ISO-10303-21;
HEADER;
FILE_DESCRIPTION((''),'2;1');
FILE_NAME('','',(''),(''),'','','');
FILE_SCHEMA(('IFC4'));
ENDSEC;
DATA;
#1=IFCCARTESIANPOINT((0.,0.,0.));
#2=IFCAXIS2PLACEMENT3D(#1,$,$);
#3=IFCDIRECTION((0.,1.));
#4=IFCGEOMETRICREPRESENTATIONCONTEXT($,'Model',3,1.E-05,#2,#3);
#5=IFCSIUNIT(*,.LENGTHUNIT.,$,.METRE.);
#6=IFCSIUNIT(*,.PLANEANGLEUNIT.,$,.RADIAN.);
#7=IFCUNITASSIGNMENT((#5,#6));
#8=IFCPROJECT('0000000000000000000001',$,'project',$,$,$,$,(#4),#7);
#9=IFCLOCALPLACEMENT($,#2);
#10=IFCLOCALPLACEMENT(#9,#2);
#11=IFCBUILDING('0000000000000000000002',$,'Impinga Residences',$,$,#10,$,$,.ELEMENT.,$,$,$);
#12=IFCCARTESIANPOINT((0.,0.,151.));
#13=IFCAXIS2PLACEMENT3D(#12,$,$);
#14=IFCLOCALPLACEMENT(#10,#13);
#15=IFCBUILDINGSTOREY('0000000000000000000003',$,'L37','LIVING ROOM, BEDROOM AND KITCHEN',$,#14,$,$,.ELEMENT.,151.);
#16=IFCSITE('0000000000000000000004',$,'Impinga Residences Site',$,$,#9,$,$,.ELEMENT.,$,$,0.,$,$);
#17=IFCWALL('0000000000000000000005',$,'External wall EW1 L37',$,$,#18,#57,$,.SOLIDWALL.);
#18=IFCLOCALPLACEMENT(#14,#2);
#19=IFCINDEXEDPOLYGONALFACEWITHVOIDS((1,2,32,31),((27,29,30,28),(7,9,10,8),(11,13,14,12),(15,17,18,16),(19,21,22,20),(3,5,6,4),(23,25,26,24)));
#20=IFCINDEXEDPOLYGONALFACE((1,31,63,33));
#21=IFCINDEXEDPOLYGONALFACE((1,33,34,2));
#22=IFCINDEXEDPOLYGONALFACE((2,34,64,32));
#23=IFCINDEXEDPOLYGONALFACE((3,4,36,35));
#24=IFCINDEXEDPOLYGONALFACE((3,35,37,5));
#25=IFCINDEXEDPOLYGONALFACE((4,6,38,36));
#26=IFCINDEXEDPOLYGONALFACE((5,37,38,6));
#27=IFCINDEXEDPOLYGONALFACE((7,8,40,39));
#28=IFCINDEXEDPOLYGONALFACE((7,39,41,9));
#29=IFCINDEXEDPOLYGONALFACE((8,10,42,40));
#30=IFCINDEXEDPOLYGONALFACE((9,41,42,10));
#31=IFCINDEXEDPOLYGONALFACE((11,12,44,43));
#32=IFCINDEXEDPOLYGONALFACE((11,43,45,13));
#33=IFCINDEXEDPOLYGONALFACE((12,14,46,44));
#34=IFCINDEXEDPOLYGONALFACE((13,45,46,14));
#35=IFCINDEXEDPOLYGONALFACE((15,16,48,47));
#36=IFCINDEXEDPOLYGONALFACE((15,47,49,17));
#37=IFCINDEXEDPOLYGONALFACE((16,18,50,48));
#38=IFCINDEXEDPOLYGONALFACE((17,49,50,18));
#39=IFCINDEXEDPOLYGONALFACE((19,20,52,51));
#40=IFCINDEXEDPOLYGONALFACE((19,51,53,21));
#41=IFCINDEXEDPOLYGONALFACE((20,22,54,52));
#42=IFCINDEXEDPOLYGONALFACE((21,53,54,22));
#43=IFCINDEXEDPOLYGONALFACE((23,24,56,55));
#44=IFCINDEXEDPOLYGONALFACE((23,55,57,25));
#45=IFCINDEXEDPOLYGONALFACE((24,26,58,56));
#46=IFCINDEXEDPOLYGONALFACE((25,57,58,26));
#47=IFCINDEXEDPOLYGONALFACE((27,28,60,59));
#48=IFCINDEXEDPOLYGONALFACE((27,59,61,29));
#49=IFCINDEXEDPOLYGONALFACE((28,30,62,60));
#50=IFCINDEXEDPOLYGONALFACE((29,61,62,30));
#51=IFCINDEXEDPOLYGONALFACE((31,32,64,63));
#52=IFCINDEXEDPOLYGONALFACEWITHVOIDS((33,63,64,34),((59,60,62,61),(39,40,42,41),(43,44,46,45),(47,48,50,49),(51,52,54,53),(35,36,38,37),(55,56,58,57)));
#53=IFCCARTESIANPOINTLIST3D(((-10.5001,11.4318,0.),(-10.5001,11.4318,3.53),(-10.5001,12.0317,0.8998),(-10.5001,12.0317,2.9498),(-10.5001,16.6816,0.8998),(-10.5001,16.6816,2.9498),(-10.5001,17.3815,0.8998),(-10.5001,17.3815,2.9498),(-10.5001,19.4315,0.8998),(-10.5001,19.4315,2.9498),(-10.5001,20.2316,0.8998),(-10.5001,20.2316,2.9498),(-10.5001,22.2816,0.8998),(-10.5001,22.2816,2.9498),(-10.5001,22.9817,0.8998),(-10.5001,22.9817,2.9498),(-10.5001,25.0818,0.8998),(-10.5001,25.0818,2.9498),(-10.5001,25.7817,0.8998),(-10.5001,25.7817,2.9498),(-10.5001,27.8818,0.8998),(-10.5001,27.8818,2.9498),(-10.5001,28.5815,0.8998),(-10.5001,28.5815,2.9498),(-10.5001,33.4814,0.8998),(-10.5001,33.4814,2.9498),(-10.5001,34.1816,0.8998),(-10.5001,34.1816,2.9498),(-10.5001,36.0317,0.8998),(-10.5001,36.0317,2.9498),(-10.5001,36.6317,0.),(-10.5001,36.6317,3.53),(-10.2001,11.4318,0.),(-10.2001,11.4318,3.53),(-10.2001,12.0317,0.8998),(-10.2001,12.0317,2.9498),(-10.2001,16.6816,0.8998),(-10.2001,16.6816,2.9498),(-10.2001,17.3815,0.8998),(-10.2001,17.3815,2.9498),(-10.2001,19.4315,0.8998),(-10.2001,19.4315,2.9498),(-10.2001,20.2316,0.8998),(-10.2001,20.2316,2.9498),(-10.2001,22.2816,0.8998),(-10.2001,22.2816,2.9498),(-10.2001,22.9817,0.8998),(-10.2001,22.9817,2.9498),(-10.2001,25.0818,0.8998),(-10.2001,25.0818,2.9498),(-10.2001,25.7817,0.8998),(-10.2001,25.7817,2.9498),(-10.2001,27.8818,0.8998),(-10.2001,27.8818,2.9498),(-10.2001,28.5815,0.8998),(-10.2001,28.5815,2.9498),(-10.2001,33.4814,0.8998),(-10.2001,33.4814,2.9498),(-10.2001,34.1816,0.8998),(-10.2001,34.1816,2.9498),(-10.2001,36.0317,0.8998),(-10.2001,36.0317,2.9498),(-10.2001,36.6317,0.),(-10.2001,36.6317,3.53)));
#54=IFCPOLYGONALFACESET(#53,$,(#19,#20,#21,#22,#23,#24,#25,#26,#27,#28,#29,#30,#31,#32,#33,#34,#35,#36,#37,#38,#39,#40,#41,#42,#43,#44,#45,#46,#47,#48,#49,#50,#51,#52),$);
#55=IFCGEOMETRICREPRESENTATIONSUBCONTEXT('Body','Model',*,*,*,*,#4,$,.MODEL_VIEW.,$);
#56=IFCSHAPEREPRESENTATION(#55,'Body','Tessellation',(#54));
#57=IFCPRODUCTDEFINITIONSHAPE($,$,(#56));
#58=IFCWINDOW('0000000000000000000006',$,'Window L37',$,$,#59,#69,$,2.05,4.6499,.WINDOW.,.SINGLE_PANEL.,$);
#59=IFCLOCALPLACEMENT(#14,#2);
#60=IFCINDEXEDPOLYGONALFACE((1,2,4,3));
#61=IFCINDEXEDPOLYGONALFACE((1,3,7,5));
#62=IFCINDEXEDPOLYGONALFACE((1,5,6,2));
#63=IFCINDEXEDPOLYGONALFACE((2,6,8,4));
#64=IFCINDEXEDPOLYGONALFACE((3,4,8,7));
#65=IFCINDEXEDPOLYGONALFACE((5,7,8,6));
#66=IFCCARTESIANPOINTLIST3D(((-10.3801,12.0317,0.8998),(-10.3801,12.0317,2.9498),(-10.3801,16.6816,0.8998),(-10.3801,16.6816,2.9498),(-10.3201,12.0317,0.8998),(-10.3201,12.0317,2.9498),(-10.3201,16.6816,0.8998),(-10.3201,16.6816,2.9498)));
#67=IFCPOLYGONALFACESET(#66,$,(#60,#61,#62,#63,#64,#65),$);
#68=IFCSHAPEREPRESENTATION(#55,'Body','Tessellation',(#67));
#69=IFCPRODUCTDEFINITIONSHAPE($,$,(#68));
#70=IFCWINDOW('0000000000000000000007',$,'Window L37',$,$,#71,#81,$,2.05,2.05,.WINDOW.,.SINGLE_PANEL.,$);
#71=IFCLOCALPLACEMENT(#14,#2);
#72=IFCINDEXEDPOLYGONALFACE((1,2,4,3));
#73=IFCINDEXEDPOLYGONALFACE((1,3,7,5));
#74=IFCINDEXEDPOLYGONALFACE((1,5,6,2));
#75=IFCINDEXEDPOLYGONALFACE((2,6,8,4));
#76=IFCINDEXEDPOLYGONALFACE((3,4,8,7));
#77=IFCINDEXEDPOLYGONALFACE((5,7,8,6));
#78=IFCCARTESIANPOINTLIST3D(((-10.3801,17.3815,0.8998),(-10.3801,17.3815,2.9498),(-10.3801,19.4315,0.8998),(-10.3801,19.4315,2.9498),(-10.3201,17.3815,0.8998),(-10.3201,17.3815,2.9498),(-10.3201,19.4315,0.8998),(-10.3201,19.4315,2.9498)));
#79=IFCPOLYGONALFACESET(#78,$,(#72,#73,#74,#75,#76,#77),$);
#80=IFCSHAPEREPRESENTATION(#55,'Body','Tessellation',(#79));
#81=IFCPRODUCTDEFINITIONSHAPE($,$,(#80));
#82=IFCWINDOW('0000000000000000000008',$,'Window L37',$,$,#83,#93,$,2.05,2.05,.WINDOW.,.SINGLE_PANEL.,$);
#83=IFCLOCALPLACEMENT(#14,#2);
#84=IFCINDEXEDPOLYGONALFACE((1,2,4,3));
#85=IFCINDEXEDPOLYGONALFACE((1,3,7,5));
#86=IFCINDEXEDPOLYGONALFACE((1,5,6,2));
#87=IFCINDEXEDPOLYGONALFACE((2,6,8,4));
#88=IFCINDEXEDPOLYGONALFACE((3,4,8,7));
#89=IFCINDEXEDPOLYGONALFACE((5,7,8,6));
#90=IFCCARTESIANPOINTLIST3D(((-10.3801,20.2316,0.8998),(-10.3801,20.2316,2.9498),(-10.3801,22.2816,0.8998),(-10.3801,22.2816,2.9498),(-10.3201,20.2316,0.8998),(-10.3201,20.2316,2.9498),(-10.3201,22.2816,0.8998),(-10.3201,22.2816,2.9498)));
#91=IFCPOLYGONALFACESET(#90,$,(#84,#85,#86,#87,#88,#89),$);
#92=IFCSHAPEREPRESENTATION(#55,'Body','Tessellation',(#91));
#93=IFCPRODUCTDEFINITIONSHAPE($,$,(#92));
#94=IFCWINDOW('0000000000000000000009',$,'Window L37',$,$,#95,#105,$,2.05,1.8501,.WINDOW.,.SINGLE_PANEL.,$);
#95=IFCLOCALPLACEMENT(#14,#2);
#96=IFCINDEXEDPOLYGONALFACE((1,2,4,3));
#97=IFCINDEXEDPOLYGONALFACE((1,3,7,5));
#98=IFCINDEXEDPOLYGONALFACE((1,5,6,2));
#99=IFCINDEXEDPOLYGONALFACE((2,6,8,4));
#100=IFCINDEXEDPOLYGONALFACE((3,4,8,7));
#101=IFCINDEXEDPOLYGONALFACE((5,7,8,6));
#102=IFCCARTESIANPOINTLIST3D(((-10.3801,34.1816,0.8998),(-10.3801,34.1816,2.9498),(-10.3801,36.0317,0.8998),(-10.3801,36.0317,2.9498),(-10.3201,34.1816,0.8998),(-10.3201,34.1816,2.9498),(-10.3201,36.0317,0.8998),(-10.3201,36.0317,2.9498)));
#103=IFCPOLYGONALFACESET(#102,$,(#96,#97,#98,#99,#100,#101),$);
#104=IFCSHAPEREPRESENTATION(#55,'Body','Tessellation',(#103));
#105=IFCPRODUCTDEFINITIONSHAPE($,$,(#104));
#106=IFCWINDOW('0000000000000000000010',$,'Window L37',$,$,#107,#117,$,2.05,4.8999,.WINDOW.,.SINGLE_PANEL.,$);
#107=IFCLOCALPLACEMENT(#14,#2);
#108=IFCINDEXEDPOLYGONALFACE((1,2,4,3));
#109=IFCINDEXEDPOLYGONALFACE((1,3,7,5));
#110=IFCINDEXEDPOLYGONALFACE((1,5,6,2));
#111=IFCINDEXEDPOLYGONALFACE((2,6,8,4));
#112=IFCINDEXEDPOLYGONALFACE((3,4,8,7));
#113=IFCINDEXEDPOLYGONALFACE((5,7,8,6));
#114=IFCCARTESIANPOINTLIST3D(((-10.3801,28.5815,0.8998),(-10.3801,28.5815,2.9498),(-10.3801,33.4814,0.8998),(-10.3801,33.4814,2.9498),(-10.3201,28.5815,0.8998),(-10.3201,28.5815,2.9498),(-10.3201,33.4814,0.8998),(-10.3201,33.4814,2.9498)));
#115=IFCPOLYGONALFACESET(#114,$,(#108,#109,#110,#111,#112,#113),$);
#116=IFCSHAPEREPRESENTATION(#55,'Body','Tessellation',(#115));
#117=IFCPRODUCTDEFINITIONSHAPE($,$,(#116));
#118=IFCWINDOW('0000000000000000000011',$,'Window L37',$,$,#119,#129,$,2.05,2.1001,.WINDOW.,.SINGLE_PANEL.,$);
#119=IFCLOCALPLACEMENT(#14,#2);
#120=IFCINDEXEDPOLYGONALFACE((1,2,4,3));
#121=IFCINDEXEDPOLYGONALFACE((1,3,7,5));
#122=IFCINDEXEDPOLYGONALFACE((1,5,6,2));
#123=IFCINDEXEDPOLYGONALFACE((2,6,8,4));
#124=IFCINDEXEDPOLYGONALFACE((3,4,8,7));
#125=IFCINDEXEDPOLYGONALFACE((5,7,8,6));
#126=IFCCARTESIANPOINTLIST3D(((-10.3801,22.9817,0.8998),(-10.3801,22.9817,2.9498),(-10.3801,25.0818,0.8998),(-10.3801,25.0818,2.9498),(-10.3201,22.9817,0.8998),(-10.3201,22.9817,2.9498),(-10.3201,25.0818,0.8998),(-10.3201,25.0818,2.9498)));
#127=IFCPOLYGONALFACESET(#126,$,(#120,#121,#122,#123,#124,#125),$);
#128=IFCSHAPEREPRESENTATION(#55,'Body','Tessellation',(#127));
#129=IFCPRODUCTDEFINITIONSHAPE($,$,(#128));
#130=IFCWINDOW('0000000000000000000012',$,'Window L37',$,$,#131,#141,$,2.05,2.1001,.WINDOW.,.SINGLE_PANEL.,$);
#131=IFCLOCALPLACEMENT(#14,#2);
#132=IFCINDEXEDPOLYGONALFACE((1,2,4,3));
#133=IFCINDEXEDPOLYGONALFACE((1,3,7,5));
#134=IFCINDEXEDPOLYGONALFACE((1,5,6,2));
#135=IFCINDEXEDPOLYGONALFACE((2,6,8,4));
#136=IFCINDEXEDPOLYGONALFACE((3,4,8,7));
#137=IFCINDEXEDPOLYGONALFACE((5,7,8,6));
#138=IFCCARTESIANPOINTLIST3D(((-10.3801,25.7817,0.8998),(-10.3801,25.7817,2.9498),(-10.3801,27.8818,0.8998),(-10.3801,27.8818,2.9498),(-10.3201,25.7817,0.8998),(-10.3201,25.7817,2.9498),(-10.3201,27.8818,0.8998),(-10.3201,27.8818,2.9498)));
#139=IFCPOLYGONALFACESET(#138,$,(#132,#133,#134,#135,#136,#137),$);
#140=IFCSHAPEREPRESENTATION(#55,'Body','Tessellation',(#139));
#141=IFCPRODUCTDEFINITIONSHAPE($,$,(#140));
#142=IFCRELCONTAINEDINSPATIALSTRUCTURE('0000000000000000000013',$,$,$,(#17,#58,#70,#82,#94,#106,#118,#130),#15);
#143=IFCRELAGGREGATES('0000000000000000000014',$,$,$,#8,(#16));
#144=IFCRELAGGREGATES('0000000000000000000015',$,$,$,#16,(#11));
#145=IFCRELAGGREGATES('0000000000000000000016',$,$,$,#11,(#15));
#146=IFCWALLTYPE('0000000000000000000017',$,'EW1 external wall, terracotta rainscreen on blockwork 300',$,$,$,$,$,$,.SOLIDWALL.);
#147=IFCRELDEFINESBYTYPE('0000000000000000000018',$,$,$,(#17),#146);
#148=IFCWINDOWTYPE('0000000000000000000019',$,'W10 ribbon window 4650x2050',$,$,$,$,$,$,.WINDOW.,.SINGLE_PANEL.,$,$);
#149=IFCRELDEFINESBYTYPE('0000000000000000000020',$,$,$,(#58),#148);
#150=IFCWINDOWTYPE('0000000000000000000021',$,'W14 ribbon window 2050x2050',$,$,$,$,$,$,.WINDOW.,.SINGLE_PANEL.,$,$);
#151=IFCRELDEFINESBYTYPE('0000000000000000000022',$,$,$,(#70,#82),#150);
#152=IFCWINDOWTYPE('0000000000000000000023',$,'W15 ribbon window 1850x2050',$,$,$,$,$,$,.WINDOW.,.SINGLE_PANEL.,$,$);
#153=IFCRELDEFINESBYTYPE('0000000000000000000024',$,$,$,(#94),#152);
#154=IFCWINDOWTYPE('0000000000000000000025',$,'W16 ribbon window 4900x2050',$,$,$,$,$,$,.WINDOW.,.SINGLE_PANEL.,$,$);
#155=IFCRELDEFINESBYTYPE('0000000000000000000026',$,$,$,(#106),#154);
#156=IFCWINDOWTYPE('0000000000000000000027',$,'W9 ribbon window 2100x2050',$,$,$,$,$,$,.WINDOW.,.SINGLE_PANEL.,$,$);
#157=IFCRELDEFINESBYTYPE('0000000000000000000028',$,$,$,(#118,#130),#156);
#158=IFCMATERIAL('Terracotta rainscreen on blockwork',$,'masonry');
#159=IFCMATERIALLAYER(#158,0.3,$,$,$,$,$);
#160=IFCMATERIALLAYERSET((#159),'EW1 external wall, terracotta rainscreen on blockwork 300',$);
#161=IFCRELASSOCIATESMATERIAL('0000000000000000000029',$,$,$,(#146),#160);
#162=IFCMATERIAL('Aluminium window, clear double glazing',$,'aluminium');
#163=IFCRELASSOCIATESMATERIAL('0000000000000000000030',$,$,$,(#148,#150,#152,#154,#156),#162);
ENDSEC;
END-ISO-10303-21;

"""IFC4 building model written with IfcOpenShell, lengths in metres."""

from ifc_helpers import new_model, si_unit, direction, frame, frame_2d, origin, place, context, subcontext, project, spatial, rectangle, extrude, material, layer, layer_set, type_object, element, fill, save


model = new_model("IFC4")

# Units and contexts
model_context = context("Model", 3, precision=1e-05, world=origin(), true_north=direction((0.0, 1.0)))
body_context = subcontext(model_context, "Body", "Model", "MODEL_VIEW")
ifc_project = project(units=[si_unit("LENGTHUNIT", "METRE"), si_unit("PLANEANGLEUNIT", "RADIAN")], contexts=[model_context])

# Site, building, storey
site_placement = place(None, origin())
site = spatial("IfcSite", under=ifc_project, at=site_placement, Name="Impinga Residences Site", CompositionType="ELEMENT", RefElevation=0.0)
building_placement = place(site_placement, origin())
building = spatial("IfcBuilding", under=site, at=building_placement, Name="Impinga Residences", CompositionType="ELEMENT")
storey_placement = place(building_placement, frame((0.0, 0.0, 151.0)))
storey = spatial("IfcBuildingStorey", under=building, at=storey_placement, Name="L37", Description="LIVING ROOM, BEDROOM AND KITCHEN", CompositionType="ELEMENT", Elevation=151.0)

# Shared definitions
ifc_material_1 = material(Name="Terracotta rainscreen on blockwork", Category="masonry")
ifc_layer_1 = layer(ifc_material_1, 0.3)
ifc_layer_set_1 = layer_set([ifc_layer_1], Name="EW1 external wall, terracotta rainscreen on blockwork 300")
wall_type_1 = type_object("IfcWallType", Name="EW1 external wall, terracotta rainscreen on blockwork 300", PredefinedType="SOLIDWALL", material=ifc_layer_set_1)

# Wall, openings, windows
wall_1_placement = place(storey_placement, frame((-10.3501, 11.4316, 0.0), z_axis=(0.0, 0.0, 1.0), x_axis=(0.0, 1.0, 0.0)))
wall_1 = element("IfcWall", 1, at=wall_1_placement, inside=storey, type_object=wall_type_1, Name="External wall EW1 L37", PredefinedType="SOLIDWALL", context=body_context, shape_type="SweptSolid", body=[
    extrude(rectangle(XDim=25.2, YDim=0.3, at=frame_2d((12.6001, 0.0))), origin(), (0.0, 0.0, 1.0), 3.53),
])
opening_1_placement = place(wall_1_placement, frame((0.6001, 0.0, 0.8999)))
opening_1 = element("IfcOpeningElement", 2, at=opening_1_placement, cuts=wall_1, PredefinedType="OPENING", context=body_context, shape_type="SweptSolid", body=[
    extrude(rectangle(XDim=4.6499, YDim=2.05, at=frame_2d((2.325, 1.0249))), frame((0.0, 0.1599, 0.0), z_axis=(0.0, -1.0, 0.0), x_axis=(1.0, 0.0, 0.0)), (0.0, 0.0, 1.0), 0.3201),
])
opening_2_placement = place(wall_1_placement, frame((5.95, 0.0, 0.8999)))
opening_2 = element("IfcOpeningElement", 3, at=opening_2_placement, cuts=wall_1, PredefinedType="OPENING", context=body_context, shape_type="SweptSolid", body=[
    extrude(rectangle(XDim=2.05, YDim=2.05, at=frame_2d((1.0249, 1.0249))), frame((0.0, 0.1599, 0.0), z_axis=(0.0, -1.0, 0.0), x_axis=(1.0, 0.0, 0.0)), (0.0, 0.0, 1.0), 0.3201),
])
opening_3_placement = place(wall_1_placement, frame((8.8, 0.0, 0.8999)))
opening_3 = element("IfcOpeningElement", 4, at=opening_3_placement, cuts=wall_1, PredefinedType="OPENING", context=body_context, shape_type="SweptSolid", body=[
    extrude(rectangle(XDim=2.05, YDim=2.05, at=frame_2d((1.0249, 1.0249))), frame((0.0, 0.1599, 0.0), z_axis=(0.0, -1.0, 0.0), x_axis=(1.0, 0.0, 0.0)), (0.0, 0.0, 1.0), 0.3201),
])
opening_4_placement = place(wall_1_placement, frame((11.55, 0.0, 0.8999)))
opening_4 = element("IfcOpeningElement", 5, at=opening_4_placement, cuts=wall_1, PredefinedType="OPENING", context=body_context, shape_type="SweptSolid", body=[
    extrude(rectangle(XDim=2.1001, YDim=2.05, at=frame_2d((1.05, 1.0249))), frame((0.0, 0.1599, 0.0), z_axis=(0.0, -1.0, 0.0), x_axis=(1.0, 0.0, 0.0)), (0.0, 0.0, 1.0), 0.3201),
])
opening_5_placement = place(wall_1_placement, frame((14.3501, 0.0, 0.8999)))
opening_5 = element("IfcOpeningElement", 6, at=opening_5_placement, cuts=wall_1, PredefinedType="OPENING", context=body_context, shape_type="SweptSolid", body=[
    extrude(rectangle(XDim=2.1001, YDim=2.05, at=frame_2d((1.05, 1.0249))), frame((0.0, 0.1599, 0.0), z_axis=(0.0, -1.0, 0.0), x_axis=(1.0, 0.0, 0.0)), (0.0, 0.0, 1.0), 0.3201),
])
opening_6_placement = place(wall_1_placement, frame((17.1499, 0.0, 0.8999)))
opening_6 = element("IfcOpeningElement", 7, at=opening_6_placement, cuts=wall_1, PredefinedType="OPENING", context=body_context, shape_type="SweptSolid", body=[
    extrude(rectangle(XDim=4.8999, YDim=2.05, at=frame_2d((2.45, 1.0249))), frame((0.0, 0.1599, 0.0), z_axis=(0.0, -1.0, 0.0), x_axis=(1.0, 0.0, 0.0)), (0.0, 0.0, 1.0), 0.3201),
])
opening_7_placement = place(wall_1_placement, frame((22.75, 0.0, 0.8999)))
opening_7 = element("IfcOpeningElement", 8, at=opening_7_placement, cuts=wall_1, PredefinedType="OPENING", context=body_context, shape_type="SweptSolid", body=[
    extrude(rectangle(XDim=1.8501, YDim=2.05, at=frame_2d((0.925, 1.0249))), frame((0.0, 0.1599, 0.0), z_axis=(0.0, -1.0, 0.0), x_axis=(1.0, 0.0, 0.0)), (0.0, 0.0, 1.0), 0.3201),
])
ifc_material_2 = material(Name="Aluminium window, clear double glazing", Category="aluminium")
window_type_1 = type_object("IfcWindowType", Name="W10 ribbon window 4650x2050", PartitioningType="SINGLE_PANEL", PredefinedType="WINDOW", material=ifc_material_2)
window_1_placement = place(opening_1_placement, origin())
window_1 = element("IfcWindow", 9, at=window_1_placement, inside=storey, type_object=window_type_1, Name="Window L37", OverallHeight=2.05, OverallWidth=4.6499, PartitioningType="SINGLE_PANEL", PredefinedType="WINDOW", context=body_context, shape_type="SweptSolid", body=[
    extrude(rectangle(XDim=4.6499, YDim=2.05, at=frame_2d((2.325, 1.0249))), frame((0.0, 0.03, 0.0), z_axis=(0.0, -1.0, 0.0), x_axis=(1.0, 0.0, 0.0)), (0.0, 0.0, 1.0), 0.0601),
])
fill(opening_1, window_1)
window_type_2 = type_object("IfcWindowType", Name="W14 ribbon window 2050x2050", PartitioningType="SINGLE_PANEL", PredefinedType="WINDOW", material=ifc_material_2)
window_2_placement = place(opening_2_placement, origin())
window_2 = element("IfcWindow", 10, at=window_2_placement, inside=storey, type_object=window_type_2, Name="Window L37", OverallHeight=2.05, OverallWidth=2.05, PartitioningType="SINGLE_PANEL", PredefinedType="WINDOW", context=body_context, shape_type="SweptSolid", body=[
    extrude(rectangle(XDim=2.05, YDim=2.05, at=frame_2d((1.0249, 1.0249))), frame((0.0, 0.03, 0.0), z_axis=(0.0, -1.0, 0.0), x_axis=(1.0, 0.0, 0.0)), (0.0, 0.0, 1.0), 0.0601),
])
fill(opening_2, window_2)
window_3_placement = place(opening_3_placement, origin())
window_3 = element("IfcWindow", 11, at=window_3_placement, inside=storey, type_object=window_type_2, Name="Window L37", OverallHeight=2.05, OverallWidth=2.05, PartitioningType="SINGLE_PANEL", PredefinedType="WINDOW", context=body_context, shape_type="SweptSolid", body=[
    extrude(rectangle(XDim=2.05, YDim=2.05, at=frame_2d((1.0249, 1.0249))), frame((0.0, 0.03, 0.0), z_axis=(0.0, -1.0, 0.0), x_axis=(1.0, 0.0, 0.0)), (0.0, 0.0, 1.0), 0.0601),
])
fill(opening_3, window_3)
window_type_3 = type_object("IfcWindowType", Name="W15 ribbon window 1850x2050", PartitioningType="SINGLE_PANEL", PredefinedType="WINDOW", material=ifc_material_2)
window_4_placement = place(opening_7_placement, origin())
window_4 = element("IfcWindow", 12, at=window_4_placement, inside=storey, type_object=window_type_3, Name="Window L37", OverallHeight=2.05, OverallWidth=1.8501, PartitioningType="SINGLE_PANEL", PredefinedType="WINDOW", context=body_context, shape_type="SweptSolid", body=[
    extrude(rectangle(XDim=1.8501, YDim=2.05, at=frame_2d((0.925, 1.0249))), frame((0.0, 0.03, 0.0), z_axis=(0.0, -1.0, 0.0), x_axis=(1.0, 0.0, 0.0)), (0.0, 0.0, 1.0), 0.0601),
])
fill(opening_7, window_4)
window_type_4 = type_object("IfcWindowType", Name="W16 ribbon window 4900x2050", PartitioningType="SINGLE_PANEL", PredefinedType="WINDOW", material=ifc_material_2)
window_5_placement = place(opening_6_placement, origin())
window_5 = element("IfcWindow", 13, at=window_5_placement, inside=storey, type_object=window_type_4, Name="Window L37", OverallHeight=2.05, OverallWidth=4.8999, PartitioningType="SINGLE_PANEL", PredefinedType="WINDOW", context=body_context, shape_type="SweptSolid", body=[
    extrude(rectangle(XDim=4.8999, YDim=2.05, at=frame_2d((2.45, 1.0249))), frame((0.0, 0.03, 0.0), z_axis=(0.0, -1.0, 0.0), x_axis=(1.0, 0.0, 0.0)), (0.0, 0.0, 1.0), 0.0601),
])
fill(opening_6, window_5)
window_type_5 = type_object("IfcWindowType", Name="W9 ribbon window 2100x2050", PartitioningType="SINGLE_PANEL", PredefinedType="WINDOW", material=ifc_material_2)
window_6_placement = place(opening_4_placement, origin())
window_6 = element("IfcWindow", 14, at=window_6_placement, inside=storey, type_object=window_type_5, Name="Window L37", OverallHeight=2.05, OverallWidth=2.1001, PartitioningType="SINGLE_PANEL", PredefinedType="WINDOW", context=body_context, shape_type="SweptSolid", body=[
    extrude(rectangle(XDim=2.1001, YDim=2.05, at=frame_2d((1.05, 1.0249))), frame((0.0, 0.03, 0.0), z_axis=(0.0, -1.0, 0.0), x_axis=(1.0, 0.0, 0.0)), (0.0, 0.0, 1.0), 0.0601),
])
fill(opening_4, window_6)
window_7_placement = place(opening_5_placement, origin())
window_7 = element("IfcWindow", 15, at=window_7_placement, inside=storey, type_object=window_type_5, Name="Window L37", OverallHeight=2.05, OverallWidth=2.1001, PartitioningType="SINGLE_PANEL", PredefinedType="WINDOW", context=body_context, shape_type="SweptSolid", body=[
    extrude(rectangle(XDim=2.1001, YDim=2.05, at=frame_2d((1.05, 1.0249))), frame((0.0, 0.03, 0.0), z_axis=(0.0, -1.0, 0.0), x_axis=(1.0, 0.0, 0.0)), (0.0, 0.0, 1.0), 0.0601),
])
fill(opening_5, window_7)

save(model, "model.ifc")
